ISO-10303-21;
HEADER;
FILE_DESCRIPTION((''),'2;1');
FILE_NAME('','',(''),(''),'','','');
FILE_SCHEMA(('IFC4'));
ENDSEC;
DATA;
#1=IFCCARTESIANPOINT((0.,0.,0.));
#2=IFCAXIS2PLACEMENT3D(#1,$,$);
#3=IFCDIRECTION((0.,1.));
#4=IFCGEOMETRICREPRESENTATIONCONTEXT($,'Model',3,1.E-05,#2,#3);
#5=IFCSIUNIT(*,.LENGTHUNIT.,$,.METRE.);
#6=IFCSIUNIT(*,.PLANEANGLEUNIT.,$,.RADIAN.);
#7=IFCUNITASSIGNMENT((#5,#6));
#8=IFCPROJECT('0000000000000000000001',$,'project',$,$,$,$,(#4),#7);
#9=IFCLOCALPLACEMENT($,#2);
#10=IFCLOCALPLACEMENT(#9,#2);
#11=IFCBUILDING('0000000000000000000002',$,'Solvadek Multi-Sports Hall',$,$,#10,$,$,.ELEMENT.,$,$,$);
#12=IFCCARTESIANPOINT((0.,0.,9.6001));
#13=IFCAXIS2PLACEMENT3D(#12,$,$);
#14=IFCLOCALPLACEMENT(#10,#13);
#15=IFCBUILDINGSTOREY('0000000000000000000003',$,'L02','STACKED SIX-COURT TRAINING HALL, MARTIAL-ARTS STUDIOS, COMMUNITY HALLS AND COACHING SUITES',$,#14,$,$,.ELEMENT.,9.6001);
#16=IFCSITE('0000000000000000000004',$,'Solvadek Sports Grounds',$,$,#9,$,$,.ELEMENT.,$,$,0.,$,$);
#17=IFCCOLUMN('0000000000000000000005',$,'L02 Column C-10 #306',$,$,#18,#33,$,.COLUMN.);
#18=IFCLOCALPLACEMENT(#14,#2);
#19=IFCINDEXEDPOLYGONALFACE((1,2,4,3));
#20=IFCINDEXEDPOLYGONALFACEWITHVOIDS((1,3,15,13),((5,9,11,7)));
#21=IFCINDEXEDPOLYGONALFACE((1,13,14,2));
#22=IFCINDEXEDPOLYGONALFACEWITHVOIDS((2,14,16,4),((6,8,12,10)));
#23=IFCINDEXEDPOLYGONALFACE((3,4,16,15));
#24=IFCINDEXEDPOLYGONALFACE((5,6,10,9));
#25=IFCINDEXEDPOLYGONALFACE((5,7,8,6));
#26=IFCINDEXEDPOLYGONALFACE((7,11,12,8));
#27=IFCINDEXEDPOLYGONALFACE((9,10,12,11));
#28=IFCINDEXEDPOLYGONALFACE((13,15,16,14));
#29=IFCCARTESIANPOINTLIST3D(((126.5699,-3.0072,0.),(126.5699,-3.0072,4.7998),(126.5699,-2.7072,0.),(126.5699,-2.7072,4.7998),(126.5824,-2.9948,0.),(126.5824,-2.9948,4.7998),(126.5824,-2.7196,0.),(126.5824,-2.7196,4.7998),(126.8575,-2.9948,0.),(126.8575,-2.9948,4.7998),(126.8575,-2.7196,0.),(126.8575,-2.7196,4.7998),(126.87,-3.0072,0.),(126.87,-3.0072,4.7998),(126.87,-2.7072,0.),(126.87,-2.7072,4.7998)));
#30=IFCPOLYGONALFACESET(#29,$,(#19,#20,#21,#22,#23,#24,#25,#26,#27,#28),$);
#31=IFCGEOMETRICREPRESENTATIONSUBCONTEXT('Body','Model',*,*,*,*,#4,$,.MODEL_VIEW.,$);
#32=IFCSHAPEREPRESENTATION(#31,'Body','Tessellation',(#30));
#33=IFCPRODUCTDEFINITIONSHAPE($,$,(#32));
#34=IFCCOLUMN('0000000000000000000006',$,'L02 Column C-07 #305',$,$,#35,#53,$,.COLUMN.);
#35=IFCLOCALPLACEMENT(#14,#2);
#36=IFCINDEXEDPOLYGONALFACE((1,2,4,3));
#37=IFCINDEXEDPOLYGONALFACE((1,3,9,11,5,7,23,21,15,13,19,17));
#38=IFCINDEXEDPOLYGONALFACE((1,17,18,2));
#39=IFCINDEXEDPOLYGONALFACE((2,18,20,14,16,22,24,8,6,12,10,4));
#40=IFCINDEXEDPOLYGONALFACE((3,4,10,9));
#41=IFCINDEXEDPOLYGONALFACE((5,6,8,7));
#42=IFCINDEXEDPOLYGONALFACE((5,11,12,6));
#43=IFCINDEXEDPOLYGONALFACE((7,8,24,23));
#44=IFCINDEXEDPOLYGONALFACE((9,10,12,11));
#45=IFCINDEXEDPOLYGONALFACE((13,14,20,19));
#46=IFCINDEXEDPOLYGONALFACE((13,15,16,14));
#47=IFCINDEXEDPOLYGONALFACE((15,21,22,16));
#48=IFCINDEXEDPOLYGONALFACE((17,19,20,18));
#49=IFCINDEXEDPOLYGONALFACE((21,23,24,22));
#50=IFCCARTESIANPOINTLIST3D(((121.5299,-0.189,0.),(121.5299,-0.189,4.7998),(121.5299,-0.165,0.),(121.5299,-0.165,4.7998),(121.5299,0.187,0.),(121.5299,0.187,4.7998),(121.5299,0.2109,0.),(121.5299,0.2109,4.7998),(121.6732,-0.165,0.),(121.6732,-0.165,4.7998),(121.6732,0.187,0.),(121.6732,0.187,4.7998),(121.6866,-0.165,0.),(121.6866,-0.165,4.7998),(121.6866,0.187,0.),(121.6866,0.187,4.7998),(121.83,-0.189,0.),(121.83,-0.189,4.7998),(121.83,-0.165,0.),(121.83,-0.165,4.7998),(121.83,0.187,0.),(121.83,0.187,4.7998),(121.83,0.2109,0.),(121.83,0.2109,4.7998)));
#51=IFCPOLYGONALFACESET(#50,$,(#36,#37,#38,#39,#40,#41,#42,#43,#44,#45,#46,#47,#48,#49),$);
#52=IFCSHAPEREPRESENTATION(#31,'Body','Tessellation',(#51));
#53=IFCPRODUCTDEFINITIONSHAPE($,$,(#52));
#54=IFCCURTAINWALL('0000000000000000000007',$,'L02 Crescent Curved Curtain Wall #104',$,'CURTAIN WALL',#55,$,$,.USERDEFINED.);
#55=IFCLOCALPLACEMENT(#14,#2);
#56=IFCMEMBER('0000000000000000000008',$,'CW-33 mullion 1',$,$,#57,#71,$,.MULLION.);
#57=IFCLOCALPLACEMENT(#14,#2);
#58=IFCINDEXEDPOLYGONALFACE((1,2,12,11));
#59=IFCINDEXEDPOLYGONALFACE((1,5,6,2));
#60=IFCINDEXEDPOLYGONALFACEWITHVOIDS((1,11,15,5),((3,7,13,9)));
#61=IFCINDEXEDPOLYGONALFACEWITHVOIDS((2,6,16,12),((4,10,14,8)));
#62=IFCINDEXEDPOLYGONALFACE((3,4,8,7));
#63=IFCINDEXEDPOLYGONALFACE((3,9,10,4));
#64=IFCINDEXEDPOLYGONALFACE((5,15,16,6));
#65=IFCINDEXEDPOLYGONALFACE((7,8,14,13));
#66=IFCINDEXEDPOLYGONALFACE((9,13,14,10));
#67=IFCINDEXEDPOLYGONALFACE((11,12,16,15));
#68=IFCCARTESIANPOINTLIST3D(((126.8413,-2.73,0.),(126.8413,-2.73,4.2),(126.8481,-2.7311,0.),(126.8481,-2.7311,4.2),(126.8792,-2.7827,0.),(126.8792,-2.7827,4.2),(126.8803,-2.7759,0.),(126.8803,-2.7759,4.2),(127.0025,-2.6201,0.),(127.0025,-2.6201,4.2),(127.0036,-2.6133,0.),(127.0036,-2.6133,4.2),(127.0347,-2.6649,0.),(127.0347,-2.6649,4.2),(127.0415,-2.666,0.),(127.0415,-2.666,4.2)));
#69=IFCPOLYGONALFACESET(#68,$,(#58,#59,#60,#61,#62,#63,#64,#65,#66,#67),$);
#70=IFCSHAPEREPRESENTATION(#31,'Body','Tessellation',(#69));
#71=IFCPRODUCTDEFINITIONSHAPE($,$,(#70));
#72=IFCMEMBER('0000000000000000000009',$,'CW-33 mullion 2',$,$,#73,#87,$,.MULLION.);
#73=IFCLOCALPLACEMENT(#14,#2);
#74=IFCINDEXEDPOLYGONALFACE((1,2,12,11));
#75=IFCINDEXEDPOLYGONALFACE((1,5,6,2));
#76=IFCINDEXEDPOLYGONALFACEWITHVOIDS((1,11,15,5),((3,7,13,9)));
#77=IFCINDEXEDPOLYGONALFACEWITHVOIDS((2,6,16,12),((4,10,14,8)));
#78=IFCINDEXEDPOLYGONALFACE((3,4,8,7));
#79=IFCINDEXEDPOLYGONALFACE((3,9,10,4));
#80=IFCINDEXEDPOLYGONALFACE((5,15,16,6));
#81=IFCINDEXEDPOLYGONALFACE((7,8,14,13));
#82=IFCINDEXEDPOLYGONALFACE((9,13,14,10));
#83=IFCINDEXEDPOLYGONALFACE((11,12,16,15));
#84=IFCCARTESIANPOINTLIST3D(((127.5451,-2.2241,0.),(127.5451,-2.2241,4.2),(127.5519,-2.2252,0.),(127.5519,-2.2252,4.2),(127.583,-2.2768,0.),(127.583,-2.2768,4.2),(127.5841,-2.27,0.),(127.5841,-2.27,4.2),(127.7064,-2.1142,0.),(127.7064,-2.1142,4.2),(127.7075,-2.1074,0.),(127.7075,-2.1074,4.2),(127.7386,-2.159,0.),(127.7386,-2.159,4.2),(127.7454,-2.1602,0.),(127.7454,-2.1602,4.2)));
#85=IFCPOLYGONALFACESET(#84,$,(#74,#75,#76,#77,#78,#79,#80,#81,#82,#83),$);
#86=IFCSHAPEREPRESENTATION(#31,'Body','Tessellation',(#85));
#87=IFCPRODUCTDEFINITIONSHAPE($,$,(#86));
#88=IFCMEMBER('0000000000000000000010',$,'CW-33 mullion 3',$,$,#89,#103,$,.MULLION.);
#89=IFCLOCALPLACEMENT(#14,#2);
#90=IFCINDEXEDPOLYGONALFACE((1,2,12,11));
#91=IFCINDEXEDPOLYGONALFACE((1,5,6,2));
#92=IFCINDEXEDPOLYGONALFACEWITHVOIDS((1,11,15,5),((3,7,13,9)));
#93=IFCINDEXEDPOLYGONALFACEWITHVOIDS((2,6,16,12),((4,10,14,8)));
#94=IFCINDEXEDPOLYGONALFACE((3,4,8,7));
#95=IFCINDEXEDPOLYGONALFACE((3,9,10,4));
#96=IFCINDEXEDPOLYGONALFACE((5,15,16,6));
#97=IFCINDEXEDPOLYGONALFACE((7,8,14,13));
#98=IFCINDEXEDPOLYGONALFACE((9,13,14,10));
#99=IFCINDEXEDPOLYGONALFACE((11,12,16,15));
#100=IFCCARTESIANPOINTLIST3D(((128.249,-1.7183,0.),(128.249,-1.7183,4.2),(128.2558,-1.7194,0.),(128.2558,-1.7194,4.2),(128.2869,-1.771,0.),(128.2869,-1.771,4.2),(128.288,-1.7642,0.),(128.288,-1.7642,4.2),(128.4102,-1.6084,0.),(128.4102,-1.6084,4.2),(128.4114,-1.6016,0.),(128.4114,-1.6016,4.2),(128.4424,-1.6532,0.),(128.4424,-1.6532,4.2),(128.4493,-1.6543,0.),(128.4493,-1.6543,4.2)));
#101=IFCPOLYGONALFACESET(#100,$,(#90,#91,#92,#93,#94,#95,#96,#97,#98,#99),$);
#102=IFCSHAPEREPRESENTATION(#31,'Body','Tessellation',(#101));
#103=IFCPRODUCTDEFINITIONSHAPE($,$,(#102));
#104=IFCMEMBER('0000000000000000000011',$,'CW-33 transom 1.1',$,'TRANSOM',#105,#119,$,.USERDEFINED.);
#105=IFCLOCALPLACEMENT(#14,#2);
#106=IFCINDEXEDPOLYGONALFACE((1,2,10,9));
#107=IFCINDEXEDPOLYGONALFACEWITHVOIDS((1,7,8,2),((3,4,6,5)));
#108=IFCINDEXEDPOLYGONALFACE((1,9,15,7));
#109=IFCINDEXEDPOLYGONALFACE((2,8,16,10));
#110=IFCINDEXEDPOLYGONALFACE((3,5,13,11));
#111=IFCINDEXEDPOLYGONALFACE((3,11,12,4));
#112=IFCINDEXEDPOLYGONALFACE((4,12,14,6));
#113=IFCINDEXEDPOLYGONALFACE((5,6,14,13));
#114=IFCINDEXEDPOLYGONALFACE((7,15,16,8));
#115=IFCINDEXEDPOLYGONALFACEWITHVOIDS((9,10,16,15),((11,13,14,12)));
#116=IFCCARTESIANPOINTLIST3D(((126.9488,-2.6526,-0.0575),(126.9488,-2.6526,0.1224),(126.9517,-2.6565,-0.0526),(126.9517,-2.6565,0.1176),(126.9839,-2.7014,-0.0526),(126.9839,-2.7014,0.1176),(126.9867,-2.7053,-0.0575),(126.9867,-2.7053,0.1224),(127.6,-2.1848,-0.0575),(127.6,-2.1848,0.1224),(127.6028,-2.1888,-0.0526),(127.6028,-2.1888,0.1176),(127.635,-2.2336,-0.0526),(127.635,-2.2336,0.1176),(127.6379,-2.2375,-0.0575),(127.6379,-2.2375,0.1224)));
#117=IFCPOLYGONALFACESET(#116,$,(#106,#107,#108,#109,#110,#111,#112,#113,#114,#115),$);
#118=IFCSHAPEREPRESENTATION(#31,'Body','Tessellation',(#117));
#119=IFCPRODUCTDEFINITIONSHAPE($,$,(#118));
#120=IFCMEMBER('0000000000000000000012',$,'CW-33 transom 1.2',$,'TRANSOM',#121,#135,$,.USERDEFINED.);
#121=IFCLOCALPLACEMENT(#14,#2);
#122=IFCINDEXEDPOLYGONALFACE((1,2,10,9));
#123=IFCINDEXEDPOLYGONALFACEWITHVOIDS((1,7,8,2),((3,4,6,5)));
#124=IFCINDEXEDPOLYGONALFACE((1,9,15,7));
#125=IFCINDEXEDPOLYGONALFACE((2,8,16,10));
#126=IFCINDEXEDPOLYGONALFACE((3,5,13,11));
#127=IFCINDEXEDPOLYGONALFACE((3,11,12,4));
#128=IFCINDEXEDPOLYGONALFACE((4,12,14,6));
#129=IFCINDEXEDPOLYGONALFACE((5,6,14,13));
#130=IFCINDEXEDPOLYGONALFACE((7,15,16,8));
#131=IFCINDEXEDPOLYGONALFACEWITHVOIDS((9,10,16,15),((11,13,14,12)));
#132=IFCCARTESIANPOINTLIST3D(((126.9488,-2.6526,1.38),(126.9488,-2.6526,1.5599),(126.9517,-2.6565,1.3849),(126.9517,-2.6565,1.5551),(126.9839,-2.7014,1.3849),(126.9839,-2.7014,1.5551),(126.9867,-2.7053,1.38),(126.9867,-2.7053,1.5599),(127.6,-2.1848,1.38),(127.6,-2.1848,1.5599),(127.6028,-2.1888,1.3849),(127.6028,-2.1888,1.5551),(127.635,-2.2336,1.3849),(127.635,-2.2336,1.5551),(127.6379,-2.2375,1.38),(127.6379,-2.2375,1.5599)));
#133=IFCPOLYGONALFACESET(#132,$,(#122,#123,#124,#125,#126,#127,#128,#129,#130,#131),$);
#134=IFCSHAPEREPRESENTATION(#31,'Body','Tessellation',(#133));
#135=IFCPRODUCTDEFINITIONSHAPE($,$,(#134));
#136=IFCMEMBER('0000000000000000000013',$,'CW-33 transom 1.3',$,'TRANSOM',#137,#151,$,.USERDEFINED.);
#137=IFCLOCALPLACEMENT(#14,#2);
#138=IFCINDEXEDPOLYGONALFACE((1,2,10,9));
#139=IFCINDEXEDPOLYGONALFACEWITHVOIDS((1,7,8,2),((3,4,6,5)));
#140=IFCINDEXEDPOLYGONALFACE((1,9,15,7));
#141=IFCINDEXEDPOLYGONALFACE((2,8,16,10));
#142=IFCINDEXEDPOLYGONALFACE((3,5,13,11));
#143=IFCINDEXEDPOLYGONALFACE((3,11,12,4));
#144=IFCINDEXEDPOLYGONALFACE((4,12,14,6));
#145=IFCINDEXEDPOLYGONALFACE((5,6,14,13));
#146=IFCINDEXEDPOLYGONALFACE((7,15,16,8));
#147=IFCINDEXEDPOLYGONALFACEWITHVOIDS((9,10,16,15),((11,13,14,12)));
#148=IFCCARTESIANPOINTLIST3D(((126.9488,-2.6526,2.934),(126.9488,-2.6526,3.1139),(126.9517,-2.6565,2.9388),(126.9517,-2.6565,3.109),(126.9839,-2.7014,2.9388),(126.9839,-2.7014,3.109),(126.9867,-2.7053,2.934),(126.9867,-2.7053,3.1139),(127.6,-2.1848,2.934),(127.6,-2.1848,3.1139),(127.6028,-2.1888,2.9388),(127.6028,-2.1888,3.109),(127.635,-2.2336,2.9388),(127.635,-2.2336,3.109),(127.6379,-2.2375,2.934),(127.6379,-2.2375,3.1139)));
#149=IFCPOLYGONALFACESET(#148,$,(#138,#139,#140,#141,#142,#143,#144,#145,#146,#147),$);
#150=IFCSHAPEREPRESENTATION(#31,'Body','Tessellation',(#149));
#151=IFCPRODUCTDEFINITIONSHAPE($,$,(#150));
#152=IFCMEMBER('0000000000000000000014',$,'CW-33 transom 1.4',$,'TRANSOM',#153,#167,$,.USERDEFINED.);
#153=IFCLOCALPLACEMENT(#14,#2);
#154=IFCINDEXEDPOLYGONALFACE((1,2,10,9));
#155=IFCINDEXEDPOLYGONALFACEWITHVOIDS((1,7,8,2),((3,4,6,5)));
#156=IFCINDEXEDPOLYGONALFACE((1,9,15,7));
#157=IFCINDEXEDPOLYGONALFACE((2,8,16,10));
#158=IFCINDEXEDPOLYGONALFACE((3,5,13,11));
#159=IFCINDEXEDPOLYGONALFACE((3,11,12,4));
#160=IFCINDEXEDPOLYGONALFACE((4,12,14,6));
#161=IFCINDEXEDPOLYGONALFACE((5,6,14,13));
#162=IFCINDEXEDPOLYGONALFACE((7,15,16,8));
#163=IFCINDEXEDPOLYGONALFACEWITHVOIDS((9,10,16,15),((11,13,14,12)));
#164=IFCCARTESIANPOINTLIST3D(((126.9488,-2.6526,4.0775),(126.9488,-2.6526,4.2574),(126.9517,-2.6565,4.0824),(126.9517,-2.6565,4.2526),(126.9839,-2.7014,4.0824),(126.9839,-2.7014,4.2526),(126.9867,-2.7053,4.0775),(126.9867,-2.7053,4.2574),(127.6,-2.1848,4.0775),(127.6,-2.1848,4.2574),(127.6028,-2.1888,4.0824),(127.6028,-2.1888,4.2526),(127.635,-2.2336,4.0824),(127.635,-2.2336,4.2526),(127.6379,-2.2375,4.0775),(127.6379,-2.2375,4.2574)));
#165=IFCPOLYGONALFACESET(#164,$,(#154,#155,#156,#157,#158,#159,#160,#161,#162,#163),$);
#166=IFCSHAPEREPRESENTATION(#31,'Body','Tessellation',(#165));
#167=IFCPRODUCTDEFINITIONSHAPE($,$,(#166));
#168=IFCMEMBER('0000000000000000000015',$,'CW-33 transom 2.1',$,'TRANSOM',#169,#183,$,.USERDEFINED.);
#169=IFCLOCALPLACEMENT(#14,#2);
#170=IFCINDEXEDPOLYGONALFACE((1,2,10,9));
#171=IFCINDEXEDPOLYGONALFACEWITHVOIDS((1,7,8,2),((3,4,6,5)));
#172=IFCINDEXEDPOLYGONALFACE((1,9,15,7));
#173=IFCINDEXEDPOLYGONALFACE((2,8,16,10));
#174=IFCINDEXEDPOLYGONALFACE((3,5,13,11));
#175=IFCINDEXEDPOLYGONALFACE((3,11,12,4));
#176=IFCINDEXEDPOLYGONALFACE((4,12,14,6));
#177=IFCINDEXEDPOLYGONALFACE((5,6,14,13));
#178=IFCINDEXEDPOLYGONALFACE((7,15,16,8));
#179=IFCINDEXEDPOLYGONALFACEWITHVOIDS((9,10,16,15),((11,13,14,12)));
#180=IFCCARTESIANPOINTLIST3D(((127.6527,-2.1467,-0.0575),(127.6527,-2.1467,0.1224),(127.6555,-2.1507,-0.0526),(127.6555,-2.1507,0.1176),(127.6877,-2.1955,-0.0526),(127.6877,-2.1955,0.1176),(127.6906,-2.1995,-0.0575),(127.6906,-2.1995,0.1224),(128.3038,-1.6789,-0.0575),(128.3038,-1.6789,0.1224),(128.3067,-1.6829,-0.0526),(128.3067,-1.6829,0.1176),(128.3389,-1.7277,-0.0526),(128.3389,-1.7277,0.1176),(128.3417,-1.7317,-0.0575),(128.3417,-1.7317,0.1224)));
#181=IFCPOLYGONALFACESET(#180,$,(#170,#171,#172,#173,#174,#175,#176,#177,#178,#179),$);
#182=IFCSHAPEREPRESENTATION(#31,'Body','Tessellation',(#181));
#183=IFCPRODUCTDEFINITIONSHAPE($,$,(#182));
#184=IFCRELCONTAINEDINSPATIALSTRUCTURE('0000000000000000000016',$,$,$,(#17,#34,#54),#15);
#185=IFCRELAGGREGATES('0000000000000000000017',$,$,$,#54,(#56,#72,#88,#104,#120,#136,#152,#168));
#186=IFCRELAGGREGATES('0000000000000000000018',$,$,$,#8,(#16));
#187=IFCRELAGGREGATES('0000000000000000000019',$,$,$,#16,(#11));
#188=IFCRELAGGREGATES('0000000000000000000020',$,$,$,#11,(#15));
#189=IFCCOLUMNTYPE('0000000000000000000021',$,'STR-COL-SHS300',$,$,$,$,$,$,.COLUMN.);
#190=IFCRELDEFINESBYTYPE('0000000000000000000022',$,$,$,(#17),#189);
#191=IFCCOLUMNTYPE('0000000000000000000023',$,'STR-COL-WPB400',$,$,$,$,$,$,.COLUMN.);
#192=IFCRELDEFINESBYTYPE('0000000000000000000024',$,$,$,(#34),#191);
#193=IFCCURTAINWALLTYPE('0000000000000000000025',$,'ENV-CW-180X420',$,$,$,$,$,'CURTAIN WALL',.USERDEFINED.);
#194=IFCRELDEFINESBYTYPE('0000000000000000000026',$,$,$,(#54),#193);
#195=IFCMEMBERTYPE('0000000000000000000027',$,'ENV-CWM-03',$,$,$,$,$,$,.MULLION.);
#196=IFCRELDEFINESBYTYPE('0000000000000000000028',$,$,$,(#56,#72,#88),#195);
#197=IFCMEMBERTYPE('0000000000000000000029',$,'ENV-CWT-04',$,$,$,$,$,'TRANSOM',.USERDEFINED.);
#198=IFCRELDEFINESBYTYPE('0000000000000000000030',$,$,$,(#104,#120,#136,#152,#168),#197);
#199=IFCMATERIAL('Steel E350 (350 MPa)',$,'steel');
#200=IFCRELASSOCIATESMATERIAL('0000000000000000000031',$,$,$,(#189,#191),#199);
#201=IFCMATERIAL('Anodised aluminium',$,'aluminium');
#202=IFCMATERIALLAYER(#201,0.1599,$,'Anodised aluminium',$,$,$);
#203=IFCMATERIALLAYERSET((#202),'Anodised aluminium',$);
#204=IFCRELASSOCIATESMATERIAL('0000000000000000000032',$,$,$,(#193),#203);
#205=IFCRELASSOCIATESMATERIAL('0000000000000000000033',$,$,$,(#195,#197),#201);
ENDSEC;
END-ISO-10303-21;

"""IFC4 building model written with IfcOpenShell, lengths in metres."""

from ifc_helpers import new_model, si_unit, direction, frame, origin, origin_2d, place, context, subcontext, project, spatial, hollow_rectangle, i_section, extrude, material, layer, layer_set, material_profile, profile_set, type_object, element, aggregate, save


model = new_model("IFC4")

# Units and contexts
model_context = context("Model", 3, precision=1e-05, world=origin(), true_north=direction((0.0, 1.0)))
body_context = subcontext(model_context, "Body", "Model", "MODEL_VIEW")
ifc_project = project(units=[si_unit("LENGTHUNIT", "METRE"), si_unit("PLANEANGLEUNIT", "RADIAN")], contexts=[model_context])

# Site, building, storey
site_placement = place(None, origin())
site = spatial("IfcSite", under=ifc_project, at=site_placement, Name="Solvadek Sports Grounds", CompositionType="ELEMENT", RefElevation=0.0)
building_placement = place(site_placement, origin())
building = spatial("IfcBuilding", under=site, at=building_placement, Name="Solvadek Multi-Sports Hall", CompositionType="ELEMENT")
storey_placement = place(building_placement, frame((0.0, 0.0, 9.6001)))
storey = spatial("IfcBuildingStorey", under=building, at=storey_placement, Name="L02", Description="STACKED SIX-COURT TRAINING HALL, MARTIAL-ARTS STUDIOS, COMMUNITY HALLS AND COACHING SUITES", CompositionType="ELEMENT", Elevation=9.6001)

# Columns
ifc_material_1 = material(Name="Steel E350 (350 MPa)", Category="steel")
ifc_material_profile_1 = material_profile(ifc_material_1, hollow_rectangle(XDim=0.3, YDim=0.3, WallThickness=0.0125, at=origin_2d()), Name="SHS 300x300x12.5")
ifc_profile_set_1 = profile_set([ifc_material_profile_1], Name="Steel E350 (350 MPa)")
column_type_1 = type_object("IfcColumnType", Name="STR-COL-SHS300", PredefinedType="COLUMN", material=ifc_profile_set_1)
column_1_placement = place(storey_placement, frame((126.72, -2.8572, 0.0), z_axis=(0.0, 0.0, 1.0), x_axis=(1.0, 0.0, 0.0)))
element("IfcColumn", 1, at=column_1_placement, inside=storey, type_object=column_type_1, Name="L02 Column C-10 #306", PredefinedType="COLUMN", context=body_context, shape_type="SweptSolid", body=[
    extrude(hollow_rectangle(XDim=0.3, YDim=0.3, WallThickness=0.0125, at=origin_2d()), origin(), (0.0, 0.0, 1.0), 4.7998),
])
ifc_material_profile_2 = material_profile(ifc_material_1, i_section(OverallWidth=0.3, OverallDepth=0.3999, WebThickness=0.0134, FlangeThickness=0.0239, at=origin_2d()), Name="WPB 400")
ifc_profile_set_2 = profile_set([ifc_material_profile_2], Name="Steel E350 (350 MPa)")
column_type_2 = type_object("IfcColumnType", Name="STR-COL-WPB400", PredefinedType="COLUMN", material=ifc_profile_set_2)
column_2_placement = place(storey_placement, frame((121.6799, 0.011, 0.0), z_axis=(0.0, 0.0, 1.0), x_axis=(1.0, 0.0, 0.0)))
element("IfcColumn", 2, at=column_2_placement, inside=storey, type_object=column_type_2, Name="L02 Column C-07 #305", PredefinedType="COLUMN", context=body_context, shape_type="SweptSolid", body=[
    extrude(i_section(OverallWidth=0.3, OverallDepth=0.3999, WebThickness=0.0134, FlangeThickness=0.0239, at=origin_2d()), origin(), (0.0, 0.0, 1.0), 4.7998),
])

# Curtain wall, members
ifc_material_2 = material(Name="Anodised aluminium", Category="aluminium")
ifc_layer_1 = layer(ifc_material_2, 0.1599, Name="Anodised aluminium")
ifc_layer_set_1 = layer_set([ifc_layer_1], Name="Anodised aluminium")
curtain_wall_type = type_object("IfcCurtainWallType", Name="ENV-CW-180X420", ElementType="CURTAIN WALL", PredefinedType="USERDEFINED", material=ifc_layer_set_1)
curtain_wall_placement = place(storey_placement, origin())
curtain_wall = element("IfcCurtainWall", 3, at=curtain_wall_placement, inside=storey, type_object=curtain_wall_type, Name="L02 Crescent Curved Curtain Wall #104", ObjectType="CURTAIN WALL", PredefinedType="USERDEFINED")
ifc_material_profile_3 = material_profile(ifc_material_2, hollow_rectangle(XDim=0.0649, YDim=0.2, WallThickness=0.0049, at=origin_2d()), Name="ALU-M 200x65x5")
ifc_profile_set_3 = profile_set([ifc_material_profile_3], Name="Anodised aluminium")
member_type_1 = type_object("IfcMemberType", Name="ENV-CWM-03", PredefinedType="MULLION", material=ifc_profile_set_3)
member_1_placement = place(storey_placement, frame((126.9414, -2.698, 0.0), z_axis=(0.0, 0.0, 1.0), x_axis=(-0.583571, 0.812062, 0.0)))
member_1 = element("IfcMember", 4, at=member_1_placement, type_object=member_type_1, Name="CW-33 mullion 1", PredefinedType="MULLION", context=body_context, shape_type="SweptSolid", body=[
    extrude(hollow_rectangle(XDim=0.0649, YDim=0.2, WallThickness=0.0049, at=origin_2d()), origin(), (0.0, 0.0, 1.0), 4.2),
])
member_2_placement = place(storey_placement, frame((127.6453, -2.1921, 0.0), z_axis=(0.0, 0.0, 1.0), x_axis=(-0.583571, 0.812062, 0.0)))
member_2 = element("IfcMember", 5, at=member_2_placement, type_object=member_type_1, Name="CW-33 mullion 2", PredefinedType="MULLION", context=body_context, shape_type="SweptSolid", body=[
    extrude(hollow_rectangle(XDim=0.0649, YDim=0.2, WallThickness=0.0049, at=origin_2d()), origin(), (0.0, 0.0, 1.0), 4.2),
])
member_3_placement = place(storey_placement, frame((128.3491, -1.6863, 0.0), z_axis=(0.0, 0.0, 1.0), x_axis=(-0.583571, 0.812062, 0.0)))
member_3 = element("IfcMember", 6, at=member_3_placement, type_object=member_type_1, Name="CW-33 mullion 3", PredefinedType="MULLION", context=body_context, shape_type="SweptSolid", body=[
    extrude(hollow_rectangle(XDim=0.0649, YDim=0.2, WallThickness=0.0049, at=origin_2d()), origin(), (0.0, 0.0, 1.0), 4.2),
])
ifc_material_profile_4 = material_profile(ifc_material_2, hollow_rectangle(XDim=0.0649, YDim=0.1799, WallThickness=0.0049, at=origin_2d()), Name="ALU-T 180x65x5")
ifc_profile_set_4 = profile_set([ifc_material_profile_4], Name="Anodised aluminium")
member_type_2 = type_object("IfcMemberType", Name="ENV-CWT-04", ElementType="TRANSOM", PredefinedType="USERDEFINED", material=ifc_profile_set_4)
member_4_placement = place(storey_placement, frame((126.9678, -2.679, 0.0325), z_axis=(0.812146, 0.583454, 0.0), x_axis=(-0.583454, 0.812146, 0.0)))
member_4 = element("IfcMember", 7, at=member_4_placement, type_object=member_type_2, Name="CW-33 transom 1.1", ObjectType="TRANSOM", PredefinedType="USERDEFINED", context=body_context, shape_type="SweptSolid", body=[
    extrude(hollow_rectangle(XDim=0.0649, YDim=0.1799, WallThickness=0.0049, at=origin_2d()), origin(), (0.0, 0.0, 1.0), 0.8018),
])
member_5_placement = place(storey_placement, frame((126.9678, -2.679, 1.47), z_axis=(0.812146, 0.583454, 0.0), x_axis=(-0.583454, 0.812146, 0.0)))
member_5 = element("IfcMember", 8, at=member_5_placement, type_object=member_type_2, Name="CW-33 transom 1.2", ObjectType="TRANSOM", PredefinedType="USERDEFINED", context=body_context, shape_type="SweptSolid", body=[
    extrude(hollow_rectangle(XDim=0.0649, YDim=0.1799, WallThickness=0.0049, at=origin_2d()), origin(), (0.0, 0.0, 1.0), 0.8018),
])
member_6_placement = place(storey_placement, frame((126.9678, -2.679, 3.0239), z_axis=(0.812146, 0.583454, 0.0), x_axis=(-0.583454, 0.812146, 0.0)))
member_6 = element("IfcMember", 9, at=member_6_placement, type_object=member_type_2, Name="CW-33 transom 1.3", ObjectType="TRANSOM", PredefinedType="USERDEFINED", context=body_context, shape_type="SweptSolid", body=[
    extrude(hollow_rectangle(XDim=0.0649, YDim=0.1799, WallThickness=0.0049, at=origin_2d()), origin(), (0.0, 0.0, 1.0), 0.8018),
])
member_7_placement = place(storey_placement, frame((126.9678, -2.679, 4.1675), z_axis=(0.812146, 0.583454, 0.0), x_axis=(-0.583454, 0.812146, 0.0)))
member_7 = element("IfcMember", 10, at=member_7_placement, type_object=member_type_2, Name="CW-33 transom 1.4", ObjectType="TRANSOM", PredefinedType="USERDEFINED", context=body_context, shape_type="SweptSolid", body=[
    extrude(hollow_rectangle(XDim=0.0649, YDim=0.1799, WallThickness=0.0049, at=origin_2d()), origin(), (0.0, 0.0, 1.0), 0.8018),
])
member_8_placement = place(storey_placement, frame((127.6716, -2.1731, 0.0325), z_axis=(0.812146, 0.583454, 0.0), x_axis=(-0.583454, 0.812146, 0.0)))
member_8 = element("IfcMember", 11, at=member_8_placement, type_object=member_type_2, Name="CW-33 transom 2.1", ObjectType="TRANSOM", PredefinedType="USERDEFINED", context=body_context, shape_type="SweptSolid", body=[
    extrude(hollow_rectangle(XDim=0.0649, YDim=0.1799, WallThickness=0.0049, at=origin_2d()), origin(), (0.0, 0.0, 1.0), 0.8018),
])

aggregate(curtain_wall, [member_1, member_2, member_3, member_4, member_5, member_6, member_7, member_8])

save(model, "model.ifc")
